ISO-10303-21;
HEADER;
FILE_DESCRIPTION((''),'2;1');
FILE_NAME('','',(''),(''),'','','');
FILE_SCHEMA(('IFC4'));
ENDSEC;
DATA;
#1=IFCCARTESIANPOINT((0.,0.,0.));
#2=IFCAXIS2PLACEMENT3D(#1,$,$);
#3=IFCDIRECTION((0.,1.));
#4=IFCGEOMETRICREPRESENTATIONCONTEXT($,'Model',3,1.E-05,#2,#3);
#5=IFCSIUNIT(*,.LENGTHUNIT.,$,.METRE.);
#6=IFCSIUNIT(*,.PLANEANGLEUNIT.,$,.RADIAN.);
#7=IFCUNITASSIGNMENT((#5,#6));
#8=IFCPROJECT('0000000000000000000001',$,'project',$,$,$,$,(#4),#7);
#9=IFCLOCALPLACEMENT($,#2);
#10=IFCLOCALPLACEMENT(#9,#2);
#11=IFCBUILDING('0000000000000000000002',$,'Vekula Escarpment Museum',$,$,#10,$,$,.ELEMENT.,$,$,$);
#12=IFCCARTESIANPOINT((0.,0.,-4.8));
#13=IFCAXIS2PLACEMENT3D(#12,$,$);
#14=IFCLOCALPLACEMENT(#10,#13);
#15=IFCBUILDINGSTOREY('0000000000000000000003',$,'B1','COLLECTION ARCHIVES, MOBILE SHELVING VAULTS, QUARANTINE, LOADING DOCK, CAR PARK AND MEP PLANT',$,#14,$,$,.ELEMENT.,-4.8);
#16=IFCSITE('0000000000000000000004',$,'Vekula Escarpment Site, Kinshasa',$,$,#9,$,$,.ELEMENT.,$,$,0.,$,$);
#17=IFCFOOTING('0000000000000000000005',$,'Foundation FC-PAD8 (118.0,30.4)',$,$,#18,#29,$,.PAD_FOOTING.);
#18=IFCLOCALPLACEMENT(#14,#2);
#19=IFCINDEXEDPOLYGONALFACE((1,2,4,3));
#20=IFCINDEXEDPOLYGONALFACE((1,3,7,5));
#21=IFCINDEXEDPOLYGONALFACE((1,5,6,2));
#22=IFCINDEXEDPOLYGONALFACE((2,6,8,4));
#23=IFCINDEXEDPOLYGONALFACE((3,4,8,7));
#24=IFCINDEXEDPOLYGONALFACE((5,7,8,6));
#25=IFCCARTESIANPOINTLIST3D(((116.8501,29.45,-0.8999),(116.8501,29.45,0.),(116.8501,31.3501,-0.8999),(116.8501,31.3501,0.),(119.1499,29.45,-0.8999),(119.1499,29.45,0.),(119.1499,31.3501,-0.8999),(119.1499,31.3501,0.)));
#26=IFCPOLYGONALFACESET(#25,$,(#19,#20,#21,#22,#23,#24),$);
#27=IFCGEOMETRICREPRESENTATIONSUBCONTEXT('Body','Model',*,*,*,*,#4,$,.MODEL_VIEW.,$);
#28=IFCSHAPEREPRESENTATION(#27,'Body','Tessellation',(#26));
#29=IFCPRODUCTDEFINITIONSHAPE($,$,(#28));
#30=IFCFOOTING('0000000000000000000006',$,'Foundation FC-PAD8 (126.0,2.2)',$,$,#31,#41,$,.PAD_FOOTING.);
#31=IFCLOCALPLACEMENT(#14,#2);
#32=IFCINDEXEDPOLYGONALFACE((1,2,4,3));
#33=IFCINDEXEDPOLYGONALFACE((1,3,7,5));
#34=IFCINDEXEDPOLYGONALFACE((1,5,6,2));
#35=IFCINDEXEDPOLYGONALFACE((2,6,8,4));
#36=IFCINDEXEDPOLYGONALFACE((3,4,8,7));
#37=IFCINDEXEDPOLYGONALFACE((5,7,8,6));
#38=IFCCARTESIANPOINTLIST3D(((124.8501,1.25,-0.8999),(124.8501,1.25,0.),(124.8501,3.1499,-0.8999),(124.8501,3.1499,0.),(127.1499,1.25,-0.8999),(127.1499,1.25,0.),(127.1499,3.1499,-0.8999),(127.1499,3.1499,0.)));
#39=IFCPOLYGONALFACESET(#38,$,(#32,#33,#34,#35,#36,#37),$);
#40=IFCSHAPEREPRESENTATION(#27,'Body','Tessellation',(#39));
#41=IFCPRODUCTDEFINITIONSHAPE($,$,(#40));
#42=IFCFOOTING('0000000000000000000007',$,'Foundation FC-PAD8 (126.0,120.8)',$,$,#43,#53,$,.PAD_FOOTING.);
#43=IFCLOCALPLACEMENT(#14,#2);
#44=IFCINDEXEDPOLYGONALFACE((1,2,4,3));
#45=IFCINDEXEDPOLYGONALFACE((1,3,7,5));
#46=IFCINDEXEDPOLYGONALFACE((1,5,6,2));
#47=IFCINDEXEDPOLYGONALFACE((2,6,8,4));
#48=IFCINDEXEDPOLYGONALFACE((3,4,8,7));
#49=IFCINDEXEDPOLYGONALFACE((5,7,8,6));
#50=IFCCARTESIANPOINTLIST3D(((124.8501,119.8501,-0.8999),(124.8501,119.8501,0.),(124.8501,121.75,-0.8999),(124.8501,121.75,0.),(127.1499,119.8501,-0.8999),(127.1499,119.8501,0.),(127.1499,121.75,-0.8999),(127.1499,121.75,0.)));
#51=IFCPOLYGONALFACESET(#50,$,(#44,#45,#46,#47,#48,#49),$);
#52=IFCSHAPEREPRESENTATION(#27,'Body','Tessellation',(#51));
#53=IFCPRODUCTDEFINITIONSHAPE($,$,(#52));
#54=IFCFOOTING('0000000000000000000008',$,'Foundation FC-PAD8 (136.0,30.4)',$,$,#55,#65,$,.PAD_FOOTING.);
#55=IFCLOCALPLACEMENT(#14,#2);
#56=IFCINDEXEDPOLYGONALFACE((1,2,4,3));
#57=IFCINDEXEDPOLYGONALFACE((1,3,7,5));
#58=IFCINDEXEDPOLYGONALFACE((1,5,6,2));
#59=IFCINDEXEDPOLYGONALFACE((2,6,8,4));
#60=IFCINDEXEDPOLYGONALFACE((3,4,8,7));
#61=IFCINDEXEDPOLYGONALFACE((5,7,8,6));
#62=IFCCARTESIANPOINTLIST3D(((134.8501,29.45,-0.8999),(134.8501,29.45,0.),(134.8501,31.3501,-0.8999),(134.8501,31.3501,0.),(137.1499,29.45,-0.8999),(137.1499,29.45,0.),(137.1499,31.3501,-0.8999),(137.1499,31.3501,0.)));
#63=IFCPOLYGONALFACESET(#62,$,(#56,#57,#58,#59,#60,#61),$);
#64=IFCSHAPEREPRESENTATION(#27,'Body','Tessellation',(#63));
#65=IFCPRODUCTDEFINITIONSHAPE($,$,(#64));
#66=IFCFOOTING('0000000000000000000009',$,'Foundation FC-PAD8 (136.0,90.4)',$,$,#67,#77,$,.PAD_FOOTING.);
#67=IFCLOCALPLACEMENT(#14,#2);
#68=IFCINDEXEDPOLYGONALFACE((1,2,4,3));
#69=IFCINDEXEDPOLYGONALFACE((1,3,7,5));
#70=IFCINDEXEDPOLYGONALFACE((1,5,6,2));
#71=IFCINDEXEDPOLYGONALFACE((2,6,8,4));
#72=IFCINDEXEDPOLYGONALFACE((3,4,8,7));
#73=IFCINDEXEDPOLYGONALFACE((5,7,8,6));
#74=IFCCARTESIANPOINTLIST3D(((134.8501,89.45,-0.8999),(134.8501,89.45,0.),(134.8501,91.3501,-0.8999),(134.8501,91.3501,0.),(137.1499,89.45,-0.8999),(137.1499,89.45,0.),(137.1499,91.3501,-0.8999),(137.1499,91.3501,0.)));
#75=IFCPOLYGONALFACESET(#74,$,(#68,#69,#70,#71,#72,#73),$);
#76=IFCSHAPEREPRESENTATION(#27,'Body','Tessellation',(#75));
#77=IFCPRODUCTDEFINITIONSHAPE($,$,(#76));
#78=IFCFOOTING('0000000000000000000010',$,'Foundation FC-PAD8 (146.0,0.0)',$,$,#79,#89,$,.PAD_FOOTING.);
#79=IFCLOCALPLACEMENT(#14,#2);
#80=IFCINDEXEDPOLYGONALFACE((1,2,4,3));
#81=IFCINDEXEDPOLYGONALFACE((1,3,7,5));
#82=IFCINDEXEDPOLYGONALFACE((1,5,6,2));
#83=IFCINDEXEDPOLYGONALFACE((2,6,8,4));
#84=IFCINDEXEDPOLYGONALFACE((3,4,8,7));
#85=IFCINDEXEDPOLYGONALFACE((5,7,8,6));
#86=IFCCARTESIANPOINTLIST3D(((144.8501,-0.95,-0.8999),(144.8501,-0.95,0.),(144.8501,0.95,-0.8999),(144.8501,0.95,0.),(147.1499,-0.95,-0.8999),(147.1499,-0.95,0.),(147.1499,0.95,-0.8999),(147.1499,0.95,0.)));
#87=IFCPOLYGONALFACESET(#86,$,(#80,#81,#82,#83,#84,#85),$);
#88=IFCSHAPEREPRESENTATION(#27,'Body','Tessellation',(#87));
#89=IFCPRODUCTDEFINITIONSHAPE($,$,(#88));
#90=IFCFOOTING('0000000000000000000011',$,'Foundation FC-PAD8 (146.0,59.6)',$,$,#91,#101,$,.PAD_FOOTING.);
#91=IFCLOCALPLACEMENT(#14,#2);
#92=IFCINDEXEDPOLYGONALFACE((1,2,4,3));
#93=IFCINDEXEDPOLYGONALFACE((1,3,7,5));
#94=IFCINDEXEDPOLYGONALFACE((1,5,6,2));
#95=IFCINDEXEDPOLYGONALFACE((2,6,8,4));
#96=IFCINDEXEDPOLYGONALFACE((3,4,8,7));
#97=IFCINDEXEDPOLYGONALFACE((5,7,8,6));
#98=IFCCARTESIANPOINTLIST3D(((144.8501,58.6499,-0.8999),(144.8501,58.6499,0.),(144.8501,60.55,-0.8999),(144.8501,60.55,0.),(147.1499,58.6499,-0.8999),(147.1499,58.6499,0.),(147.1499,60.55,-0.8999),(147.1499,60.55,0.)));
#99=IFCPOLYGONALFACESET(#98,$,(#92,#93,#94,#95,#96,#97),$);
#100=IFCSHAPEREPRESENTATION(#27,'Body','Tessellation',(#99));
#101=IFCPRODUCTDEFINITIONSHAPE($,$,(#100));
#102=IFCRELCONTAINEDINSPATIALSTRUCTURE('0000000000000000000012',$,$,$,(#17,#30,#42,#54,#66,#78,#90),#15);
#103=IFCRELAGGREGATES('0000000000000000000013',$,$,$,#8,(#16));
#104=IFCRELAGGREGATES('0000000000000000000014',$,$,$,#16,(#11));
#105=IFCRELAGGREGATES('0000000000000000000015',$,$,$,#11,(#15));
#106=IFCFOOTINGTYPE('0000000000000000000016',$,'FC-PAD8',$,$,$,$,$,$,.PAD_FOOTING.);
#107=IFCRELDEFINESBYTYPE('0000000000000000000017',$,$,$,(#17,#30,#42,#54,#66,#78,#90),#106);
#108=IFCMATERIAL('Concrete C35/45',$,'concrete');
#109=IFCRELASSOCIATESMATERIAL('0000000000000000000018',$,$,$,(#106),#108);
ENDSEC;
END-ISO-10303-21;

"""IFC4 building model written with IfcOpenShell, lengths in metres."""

from ifc_helpers import new_model, si_unit, direction, frame, origin, place, context, subcontext, project, spatial, polyline, outline, extrude, material, type_object, element, save


model = new_model("IFC4")

# Units and contexts
model_context = context("Model", 3, precision=1e-05, world=origin(), true_north=direction((0.0, 1.0)))
body_context = subcontext(model_context, "Body", "Model", "MODEL_VIEW")
ifc_project = project(units=[si_unit("LENGTHUNIT", "METRE"), si_unit("PLANEANGLEUNIT", "RADIAN")], contexts=[model_context])

# Site, building, storey
site_placement = place(None, origin())
site = spatial("IfcSite", under=ifc_project, at=site_placement, Name="Vekula Escarpment Site, Kinshasa", CompositionType="ELEMENT", RefElevation=0.0)
building_placement = place(site_placement, origin())
building = spatial("IfcBuilding", under=site, at=building_placement, Name="Vekula Escarpment Museum", CompositionType="ELEMENT")
storey_placement = place(building_placement, frame((0.0, 0.0, -4.8)))
storey = spatial("IfcBuildingStorey", under=building, at=storey_placement, Name="B1", Description="COLLECTION ARCHIVES, MOBILE SHELVING VAULTS, QUARANTINE, LOADING DOCK, CAR PARK AND MEP PLANT", CompositionType="ELEMENT", Elevation=-4.8)

# Footings
ifc_material_1 = material(Name="Concrete C35/45", Category="concrete")
footing_type_1 = type_object("IfcFootingType", Name="FC-PAD8", PredefinedType="PAD_FOOTING", material=ifc_material_1)
footing_1_placement = place(storey_placement, frame((0.0, 0.0, -0.8999)))
element("IfcFooting", 1, at=footing_1_placement, inside=storey, type_object=footing_type_1, Name="Foundation FC-PAD8 (118.0,30.4)", PredefinedType="PAD_FOOTING", context=body_context, shape_type="SweptSolid", body=[
    extrude(outline(polyline([(116.8501, 29.45), (119.1499, 29.45), (119.1499, 31.3501), (116.8501, 31.3501), (116.8501, 29.45)])), origin(), (0.0, 0.0, 1.0), 0.8999),
])
footing_2_placement = place(storey_placement, frame((0.0, 0.0, -0.8999)))
element("IfcFooting", 2, at=footing_2_placement, inside=storey, type_object=footing_type_1, Name="Foundation FC-PAD8 (126.0,2.2)", PredefinedType="PAD_FOOTING", context=body_context, shape_type="SweptSolid", body=[
    extrude(outline(polyline([(124.8501, 1.25), (127.1499, 1.25), (127.1499, 3.1499), (124.8501, 3.1499), (124.8501, 1.25)])), origin(), (0.0, 0.0, 1.0), 0.8999),
])
footing_3_placement = place(storey_placement, frame((0.0, 0.0, -0.8999)))
element("IfcFooting", 3, at=footing_3_placement, inside=storey, type_object=footing_type_1, Name="Foundation FC-PAD8 (126.0,120.8)", PredefinedType="PAD_FOOTING", context=body_context, shape_type="SweptSolid", body=[
    extrude(outline(polyline([(124.8501, 119.8501), (127.1499, 119.8501), (127.1499, 121.75), (124.8501, 121.75), (124.8501, 119.8501)])), origin(), (0.0, 0.0, 1.0), 0.8999),
])
footing_4_placement = place(storey_placement, frame((0.0, 0.0, -0.8999)))
element("IfcFooting", 4, at=footing_4_placement, inside=storey, type_object=footing_type_1, Name="Foundation FC-PAD8 (136.0,30.4)", PredefinedType="PAD_FOOTING", context=body_context, shape_type="SweptSolid", body=[
    extrude(outline(polyline([(134.8501, 29.45), (137.1499, 29.45), (137.1499, 31.3501), (134.8501, 31.3501), (134.8501, 29.45)])), origin(), (0.0, 0.0, 1.0), 0.8999),
])
footing_5_placement = place(storey_placement, frame((0.0, 0.0, -0.8999)))
element("IfcFooting", 5, at=footing_5_placement, inside=storey, type_object=footing_type_1, Name="Foundation FC-PAD8 (136.0,90.4)", PredefinedType="PAD_FOOTING", context=body_context, shape_type="SweptSolid", body=[
    extrude(outline(polyline([(134.8501, 89.45), (137.1499, 89.45), (137.1499, 91.3501), (134.8501, 91.3501), (134.8501, 89.45)])), origin(), (0.0, 0.0, 1.0), 0.8999),
])
footing_6_placement = place(storey_placement, frame((0.0, 0.0, -0.8999)))
element("IfcFooting", 6, at=footing_6_placement, inside=storey, type_object=footing_type_1, Name="Foundation FC-PAD8 (146.0,0.0)", PredefinedType="PAD_FOOTING", context=body_context, shape_type="SweptSolid", body=[
    extrude(outline(polyline([(144.8501, -0.95), (147.1499, -0.95), (147.1499, 0.95), (144.8501, 0.95), (144.8501, -0.95)])), origin(), (0.0, 0.0, 1.0), 0.8999),
])
footing_7_placement = place(storey_placement, frame((0.0, 0.0, -0.8999)))
element("IfcFooting", 7, at=footing_7_placement, inside=storey, type_object=footing_type_1, Name="Foundation FC-PAD8 (146.0,59.6)", PredefinedType="PAD_FOOTING", context=body_context, shape_type="SweptSolid", body=[
    extrude(outline(polyline([(144.8501, 58.6499), (147.1499, 58.6499), (147.1499, 60.55), (144.8501, 60.55), (144.8501, 58.6499)])), origin(), (0.0, 0.0, 1.0), 0.8999),
])

save(model, "model.ifc")
